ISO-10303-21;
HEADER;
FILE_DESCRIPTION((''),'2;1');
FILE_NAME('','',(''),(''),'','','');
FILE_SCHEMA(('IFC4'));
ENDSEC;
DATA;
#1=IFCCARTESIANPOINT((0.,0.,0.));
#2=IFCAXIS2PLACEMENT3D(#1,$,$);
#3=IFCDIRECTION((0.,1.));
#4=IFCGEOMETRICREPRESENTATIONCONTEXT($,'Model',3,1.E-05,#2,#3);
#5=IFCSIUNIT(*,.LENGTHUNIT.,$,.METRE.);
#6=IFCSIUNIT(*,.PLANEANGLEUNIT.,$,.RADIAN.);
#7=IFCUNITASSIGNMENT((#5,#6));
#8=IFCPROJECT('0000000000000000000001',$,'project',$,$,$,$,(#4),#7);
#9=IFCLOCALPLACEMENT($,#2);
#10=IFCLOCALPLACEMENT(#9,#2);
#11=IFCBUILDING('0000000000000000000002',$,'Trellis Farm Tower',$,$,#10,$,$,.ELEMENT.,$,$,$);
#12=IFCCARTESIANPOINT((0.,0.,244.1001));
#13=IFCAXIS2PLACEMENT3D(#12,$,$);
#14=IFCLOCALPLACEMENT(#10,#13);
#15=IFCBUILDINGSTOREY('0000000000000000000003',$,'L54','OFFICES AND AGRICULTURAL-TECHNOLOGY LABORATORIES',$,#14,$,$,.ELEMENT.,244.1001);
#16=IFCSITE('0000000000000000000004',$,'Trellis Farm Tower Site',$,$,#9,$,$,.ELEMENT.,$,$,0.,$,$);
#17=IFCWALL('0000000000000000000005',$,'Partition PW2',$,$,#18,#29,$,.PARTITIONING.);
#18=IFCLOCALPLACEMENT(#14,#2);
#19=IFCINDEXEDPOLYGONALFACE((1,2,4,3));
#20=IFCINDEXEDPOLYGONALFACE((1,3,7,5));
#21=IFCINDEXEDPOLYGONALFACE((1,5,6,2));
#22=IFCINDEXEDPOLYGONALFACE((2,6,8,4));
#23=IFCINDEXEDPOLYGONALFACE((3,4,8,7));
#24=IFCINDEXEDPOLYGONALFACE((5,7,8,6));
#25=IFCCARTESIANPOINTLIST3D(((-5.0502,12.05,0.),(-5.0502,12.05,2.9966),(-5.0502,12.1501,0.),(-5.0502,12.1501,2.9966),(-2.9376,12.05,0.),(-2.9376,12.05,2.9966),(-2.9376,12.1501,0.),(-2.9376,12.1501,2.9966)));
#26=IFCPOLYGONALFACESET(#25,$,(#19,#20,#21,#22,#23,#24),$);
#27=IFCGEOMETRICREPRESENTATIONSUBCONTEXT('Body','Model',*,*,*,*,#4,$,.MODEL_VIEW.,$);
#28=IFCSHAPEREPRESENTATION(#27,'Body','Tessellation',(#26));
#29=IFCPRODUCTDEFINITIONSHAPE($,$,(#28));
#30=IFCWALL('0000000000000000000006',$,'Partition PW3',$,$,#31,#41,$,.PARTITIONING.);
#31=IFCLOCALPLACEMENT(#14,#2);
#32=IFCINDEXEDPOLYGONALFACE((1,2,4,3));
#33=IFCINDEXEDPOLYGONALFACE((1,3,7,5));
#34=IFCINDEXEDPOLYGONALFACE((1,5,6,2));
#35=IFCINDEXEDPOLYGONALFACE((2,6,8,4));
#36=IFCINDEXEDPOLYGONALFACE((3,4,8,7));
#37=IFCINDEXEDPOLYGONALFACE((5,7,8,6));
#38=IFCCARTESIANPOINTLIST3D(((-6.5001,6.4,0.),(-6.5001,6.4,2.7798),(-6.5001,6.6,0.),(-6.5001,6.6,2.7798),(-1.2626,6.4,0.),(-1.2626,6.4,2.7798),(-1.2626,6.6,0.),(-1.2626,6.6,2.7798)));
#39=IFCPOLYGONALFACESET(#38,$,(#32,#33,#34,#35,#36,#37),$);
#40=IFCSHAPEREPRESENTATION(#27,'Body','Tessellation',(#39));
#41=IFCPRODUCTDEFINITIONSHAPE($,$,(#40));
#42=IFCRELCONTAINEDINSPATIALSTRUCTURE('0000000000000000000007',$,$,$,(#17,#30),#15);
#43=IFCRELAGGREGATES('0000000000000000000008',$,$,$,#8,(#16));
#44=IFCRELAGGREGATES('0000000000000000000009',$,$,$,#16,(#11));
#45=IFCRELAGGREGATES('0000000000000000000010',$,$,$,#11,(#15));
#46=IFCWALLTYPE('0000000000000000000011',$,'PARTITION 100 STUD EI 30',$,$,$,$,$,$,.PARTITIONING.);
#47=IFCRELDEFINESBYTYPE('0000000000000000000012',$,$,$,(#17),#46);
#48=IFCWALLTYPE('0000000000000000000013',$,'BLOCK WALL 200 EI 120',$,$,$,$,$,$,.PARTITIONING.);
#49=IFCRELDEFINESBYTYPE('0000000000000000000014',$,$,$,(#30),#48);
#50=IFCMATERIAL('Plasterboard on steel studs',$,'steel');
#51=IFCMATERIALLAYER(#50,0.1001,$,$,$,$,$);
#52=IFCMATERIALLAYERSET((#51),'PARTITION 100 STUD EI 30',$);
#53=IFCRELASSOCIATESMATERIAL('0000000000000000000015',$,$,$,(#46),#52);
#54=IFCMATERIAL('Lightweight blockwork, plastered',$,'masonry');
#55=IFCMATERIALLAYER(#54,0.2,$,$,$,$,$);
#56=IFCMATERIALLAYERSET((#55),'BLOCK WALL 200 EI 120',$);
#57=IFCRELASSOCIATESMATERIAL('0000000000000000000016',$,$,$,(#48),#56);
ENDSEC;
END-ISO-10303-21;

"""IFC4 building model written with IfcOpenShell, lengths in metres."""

from ifc_helpers import new_model, si_unit, direction, frame, frame_2d, origin, place, context, subcontext, project, spatial, rectangle, extrude, source, transform, mapped, material, layer, layer_set, type_object, element, save


model = new_model("IFC4")

# Units and contexts
model_context = context("Model", 3, precision=1e-05, world=origin(), true_north=direction((0.0, 1.0)))
body_context = subcontext(model_context, "Body", "Model", "MODEL_VIEW")
ifc_project = project(units=[si_unit("LENGTHUNIT", "METRE"), si_unit("PLANEANGLEUNIT", "RADIAN")], contexts=[model_context])

# Site, building, storey
site_placement = place(None, origin())
site = spatial("IfcSite", under=ifc_project, at=site_placement, Name="Trellis Farm Tower Site", CompositionType="ELEMENT", RefElevation=0.0)
building_placement = place(site_placement, origin())
building = spatial("IfcBuilding", under=site, at=building_placement, Name="Trellis Farm Tower", CompositionType="ELEMENT")
storey_placement = place(building_placement, frame((0.0, 0.0, 244.1001)))
storey = spatial("IfcBuildingStorey", under=building, at=storey_placement, Name="L54", Description="OFFICES AND AGRICULTURAL-TECHNOLOGY LABORATORIES", CompositionType="ELEMENT", Elevation=244.1001)

# Walls
ifc_material_1 = material(Name="Plasterboard on steel studs", Category="steel")
ifc_layer_1 = layer(ifc_material_1, 0.1001)
ifc_layer_set_1 = layer_set([ifc_layer_1], Name="PARTITION 100 STUD EI 30")
wall_type_1 = type_object("IfcWallType", Name="PARTITION 100 STUD EI 30", PredefinedType="PARTITIONING", material=ifc_layer_set_1)
shared_shape_1 = source(origin(), body_context, "Body", "SweptSolid", [
    extrude(rectangle(XDim=2.1125, YDim=0.1001, at=frame_2d((1.0562, 0.0))), origin(), (0.0, 0.0, 1.0), 2.9966),
])
wall_1_placement = place(storey_placement, frame((-5.05, 12.1001, 0.0), z_axis=(0.0, 0.0, 1.0), x_axis=(1.0, 0.0, 0.0)))
element("IfcWall", 1, at=wall_1_placement, inside=storey, type_object=wall_type_1, Name="Partition PW2", PredefinedType="PARTITIONING", context=body_context, shape_type="MappedRepresentation", body=[
    mapped(shared_shape_1, transform((0.0, 0.0, 0.0))),
])
ifc_material_2 = material(Name="Lightweight blockwork, plastered", Category="masonry")
ifc_layer_2 = layer(ifc_material_2, 0.2)
ifc_layer_set_2 = layer_set([ifc_layer_2], Name="BLOCK WALL 200 EI 120")
wall_type_2 = type_object("IfcWallType", Name="BLOCK WALL 200 EI 120", PredefinedType="PARTITIONING", material=ifc_layer_set_2)
shared_shape_2 = source(origin(), body_context, "Body", "SweptSolid", [
    extrude(rectangle(XDim=5.2375, YDim=0.2, at=frame_2d((2.6187, 0.0))), origin(), (0.0, 0.0, 1.0), 2.7798),
])
wall_2_placement = place(storey_placement, frame((-6.5, 6.5, 0.0), z_axis=(0.0, 0.0, 1.0), x_axis=(1.0, 0.0, 0.0)))
element("IfcWall", 2, at=wall_2_placement, inside=storey, type_object=wall_type_2, Name="Partition PW3", PredefinedType="PARTITIONING", context=body_context, shape_type="MappedRepresentation", body=[
    mapped(shared_shape_2, transform((0.0, 0.0, 0.0))),
])

save(model, "model.ifc")
